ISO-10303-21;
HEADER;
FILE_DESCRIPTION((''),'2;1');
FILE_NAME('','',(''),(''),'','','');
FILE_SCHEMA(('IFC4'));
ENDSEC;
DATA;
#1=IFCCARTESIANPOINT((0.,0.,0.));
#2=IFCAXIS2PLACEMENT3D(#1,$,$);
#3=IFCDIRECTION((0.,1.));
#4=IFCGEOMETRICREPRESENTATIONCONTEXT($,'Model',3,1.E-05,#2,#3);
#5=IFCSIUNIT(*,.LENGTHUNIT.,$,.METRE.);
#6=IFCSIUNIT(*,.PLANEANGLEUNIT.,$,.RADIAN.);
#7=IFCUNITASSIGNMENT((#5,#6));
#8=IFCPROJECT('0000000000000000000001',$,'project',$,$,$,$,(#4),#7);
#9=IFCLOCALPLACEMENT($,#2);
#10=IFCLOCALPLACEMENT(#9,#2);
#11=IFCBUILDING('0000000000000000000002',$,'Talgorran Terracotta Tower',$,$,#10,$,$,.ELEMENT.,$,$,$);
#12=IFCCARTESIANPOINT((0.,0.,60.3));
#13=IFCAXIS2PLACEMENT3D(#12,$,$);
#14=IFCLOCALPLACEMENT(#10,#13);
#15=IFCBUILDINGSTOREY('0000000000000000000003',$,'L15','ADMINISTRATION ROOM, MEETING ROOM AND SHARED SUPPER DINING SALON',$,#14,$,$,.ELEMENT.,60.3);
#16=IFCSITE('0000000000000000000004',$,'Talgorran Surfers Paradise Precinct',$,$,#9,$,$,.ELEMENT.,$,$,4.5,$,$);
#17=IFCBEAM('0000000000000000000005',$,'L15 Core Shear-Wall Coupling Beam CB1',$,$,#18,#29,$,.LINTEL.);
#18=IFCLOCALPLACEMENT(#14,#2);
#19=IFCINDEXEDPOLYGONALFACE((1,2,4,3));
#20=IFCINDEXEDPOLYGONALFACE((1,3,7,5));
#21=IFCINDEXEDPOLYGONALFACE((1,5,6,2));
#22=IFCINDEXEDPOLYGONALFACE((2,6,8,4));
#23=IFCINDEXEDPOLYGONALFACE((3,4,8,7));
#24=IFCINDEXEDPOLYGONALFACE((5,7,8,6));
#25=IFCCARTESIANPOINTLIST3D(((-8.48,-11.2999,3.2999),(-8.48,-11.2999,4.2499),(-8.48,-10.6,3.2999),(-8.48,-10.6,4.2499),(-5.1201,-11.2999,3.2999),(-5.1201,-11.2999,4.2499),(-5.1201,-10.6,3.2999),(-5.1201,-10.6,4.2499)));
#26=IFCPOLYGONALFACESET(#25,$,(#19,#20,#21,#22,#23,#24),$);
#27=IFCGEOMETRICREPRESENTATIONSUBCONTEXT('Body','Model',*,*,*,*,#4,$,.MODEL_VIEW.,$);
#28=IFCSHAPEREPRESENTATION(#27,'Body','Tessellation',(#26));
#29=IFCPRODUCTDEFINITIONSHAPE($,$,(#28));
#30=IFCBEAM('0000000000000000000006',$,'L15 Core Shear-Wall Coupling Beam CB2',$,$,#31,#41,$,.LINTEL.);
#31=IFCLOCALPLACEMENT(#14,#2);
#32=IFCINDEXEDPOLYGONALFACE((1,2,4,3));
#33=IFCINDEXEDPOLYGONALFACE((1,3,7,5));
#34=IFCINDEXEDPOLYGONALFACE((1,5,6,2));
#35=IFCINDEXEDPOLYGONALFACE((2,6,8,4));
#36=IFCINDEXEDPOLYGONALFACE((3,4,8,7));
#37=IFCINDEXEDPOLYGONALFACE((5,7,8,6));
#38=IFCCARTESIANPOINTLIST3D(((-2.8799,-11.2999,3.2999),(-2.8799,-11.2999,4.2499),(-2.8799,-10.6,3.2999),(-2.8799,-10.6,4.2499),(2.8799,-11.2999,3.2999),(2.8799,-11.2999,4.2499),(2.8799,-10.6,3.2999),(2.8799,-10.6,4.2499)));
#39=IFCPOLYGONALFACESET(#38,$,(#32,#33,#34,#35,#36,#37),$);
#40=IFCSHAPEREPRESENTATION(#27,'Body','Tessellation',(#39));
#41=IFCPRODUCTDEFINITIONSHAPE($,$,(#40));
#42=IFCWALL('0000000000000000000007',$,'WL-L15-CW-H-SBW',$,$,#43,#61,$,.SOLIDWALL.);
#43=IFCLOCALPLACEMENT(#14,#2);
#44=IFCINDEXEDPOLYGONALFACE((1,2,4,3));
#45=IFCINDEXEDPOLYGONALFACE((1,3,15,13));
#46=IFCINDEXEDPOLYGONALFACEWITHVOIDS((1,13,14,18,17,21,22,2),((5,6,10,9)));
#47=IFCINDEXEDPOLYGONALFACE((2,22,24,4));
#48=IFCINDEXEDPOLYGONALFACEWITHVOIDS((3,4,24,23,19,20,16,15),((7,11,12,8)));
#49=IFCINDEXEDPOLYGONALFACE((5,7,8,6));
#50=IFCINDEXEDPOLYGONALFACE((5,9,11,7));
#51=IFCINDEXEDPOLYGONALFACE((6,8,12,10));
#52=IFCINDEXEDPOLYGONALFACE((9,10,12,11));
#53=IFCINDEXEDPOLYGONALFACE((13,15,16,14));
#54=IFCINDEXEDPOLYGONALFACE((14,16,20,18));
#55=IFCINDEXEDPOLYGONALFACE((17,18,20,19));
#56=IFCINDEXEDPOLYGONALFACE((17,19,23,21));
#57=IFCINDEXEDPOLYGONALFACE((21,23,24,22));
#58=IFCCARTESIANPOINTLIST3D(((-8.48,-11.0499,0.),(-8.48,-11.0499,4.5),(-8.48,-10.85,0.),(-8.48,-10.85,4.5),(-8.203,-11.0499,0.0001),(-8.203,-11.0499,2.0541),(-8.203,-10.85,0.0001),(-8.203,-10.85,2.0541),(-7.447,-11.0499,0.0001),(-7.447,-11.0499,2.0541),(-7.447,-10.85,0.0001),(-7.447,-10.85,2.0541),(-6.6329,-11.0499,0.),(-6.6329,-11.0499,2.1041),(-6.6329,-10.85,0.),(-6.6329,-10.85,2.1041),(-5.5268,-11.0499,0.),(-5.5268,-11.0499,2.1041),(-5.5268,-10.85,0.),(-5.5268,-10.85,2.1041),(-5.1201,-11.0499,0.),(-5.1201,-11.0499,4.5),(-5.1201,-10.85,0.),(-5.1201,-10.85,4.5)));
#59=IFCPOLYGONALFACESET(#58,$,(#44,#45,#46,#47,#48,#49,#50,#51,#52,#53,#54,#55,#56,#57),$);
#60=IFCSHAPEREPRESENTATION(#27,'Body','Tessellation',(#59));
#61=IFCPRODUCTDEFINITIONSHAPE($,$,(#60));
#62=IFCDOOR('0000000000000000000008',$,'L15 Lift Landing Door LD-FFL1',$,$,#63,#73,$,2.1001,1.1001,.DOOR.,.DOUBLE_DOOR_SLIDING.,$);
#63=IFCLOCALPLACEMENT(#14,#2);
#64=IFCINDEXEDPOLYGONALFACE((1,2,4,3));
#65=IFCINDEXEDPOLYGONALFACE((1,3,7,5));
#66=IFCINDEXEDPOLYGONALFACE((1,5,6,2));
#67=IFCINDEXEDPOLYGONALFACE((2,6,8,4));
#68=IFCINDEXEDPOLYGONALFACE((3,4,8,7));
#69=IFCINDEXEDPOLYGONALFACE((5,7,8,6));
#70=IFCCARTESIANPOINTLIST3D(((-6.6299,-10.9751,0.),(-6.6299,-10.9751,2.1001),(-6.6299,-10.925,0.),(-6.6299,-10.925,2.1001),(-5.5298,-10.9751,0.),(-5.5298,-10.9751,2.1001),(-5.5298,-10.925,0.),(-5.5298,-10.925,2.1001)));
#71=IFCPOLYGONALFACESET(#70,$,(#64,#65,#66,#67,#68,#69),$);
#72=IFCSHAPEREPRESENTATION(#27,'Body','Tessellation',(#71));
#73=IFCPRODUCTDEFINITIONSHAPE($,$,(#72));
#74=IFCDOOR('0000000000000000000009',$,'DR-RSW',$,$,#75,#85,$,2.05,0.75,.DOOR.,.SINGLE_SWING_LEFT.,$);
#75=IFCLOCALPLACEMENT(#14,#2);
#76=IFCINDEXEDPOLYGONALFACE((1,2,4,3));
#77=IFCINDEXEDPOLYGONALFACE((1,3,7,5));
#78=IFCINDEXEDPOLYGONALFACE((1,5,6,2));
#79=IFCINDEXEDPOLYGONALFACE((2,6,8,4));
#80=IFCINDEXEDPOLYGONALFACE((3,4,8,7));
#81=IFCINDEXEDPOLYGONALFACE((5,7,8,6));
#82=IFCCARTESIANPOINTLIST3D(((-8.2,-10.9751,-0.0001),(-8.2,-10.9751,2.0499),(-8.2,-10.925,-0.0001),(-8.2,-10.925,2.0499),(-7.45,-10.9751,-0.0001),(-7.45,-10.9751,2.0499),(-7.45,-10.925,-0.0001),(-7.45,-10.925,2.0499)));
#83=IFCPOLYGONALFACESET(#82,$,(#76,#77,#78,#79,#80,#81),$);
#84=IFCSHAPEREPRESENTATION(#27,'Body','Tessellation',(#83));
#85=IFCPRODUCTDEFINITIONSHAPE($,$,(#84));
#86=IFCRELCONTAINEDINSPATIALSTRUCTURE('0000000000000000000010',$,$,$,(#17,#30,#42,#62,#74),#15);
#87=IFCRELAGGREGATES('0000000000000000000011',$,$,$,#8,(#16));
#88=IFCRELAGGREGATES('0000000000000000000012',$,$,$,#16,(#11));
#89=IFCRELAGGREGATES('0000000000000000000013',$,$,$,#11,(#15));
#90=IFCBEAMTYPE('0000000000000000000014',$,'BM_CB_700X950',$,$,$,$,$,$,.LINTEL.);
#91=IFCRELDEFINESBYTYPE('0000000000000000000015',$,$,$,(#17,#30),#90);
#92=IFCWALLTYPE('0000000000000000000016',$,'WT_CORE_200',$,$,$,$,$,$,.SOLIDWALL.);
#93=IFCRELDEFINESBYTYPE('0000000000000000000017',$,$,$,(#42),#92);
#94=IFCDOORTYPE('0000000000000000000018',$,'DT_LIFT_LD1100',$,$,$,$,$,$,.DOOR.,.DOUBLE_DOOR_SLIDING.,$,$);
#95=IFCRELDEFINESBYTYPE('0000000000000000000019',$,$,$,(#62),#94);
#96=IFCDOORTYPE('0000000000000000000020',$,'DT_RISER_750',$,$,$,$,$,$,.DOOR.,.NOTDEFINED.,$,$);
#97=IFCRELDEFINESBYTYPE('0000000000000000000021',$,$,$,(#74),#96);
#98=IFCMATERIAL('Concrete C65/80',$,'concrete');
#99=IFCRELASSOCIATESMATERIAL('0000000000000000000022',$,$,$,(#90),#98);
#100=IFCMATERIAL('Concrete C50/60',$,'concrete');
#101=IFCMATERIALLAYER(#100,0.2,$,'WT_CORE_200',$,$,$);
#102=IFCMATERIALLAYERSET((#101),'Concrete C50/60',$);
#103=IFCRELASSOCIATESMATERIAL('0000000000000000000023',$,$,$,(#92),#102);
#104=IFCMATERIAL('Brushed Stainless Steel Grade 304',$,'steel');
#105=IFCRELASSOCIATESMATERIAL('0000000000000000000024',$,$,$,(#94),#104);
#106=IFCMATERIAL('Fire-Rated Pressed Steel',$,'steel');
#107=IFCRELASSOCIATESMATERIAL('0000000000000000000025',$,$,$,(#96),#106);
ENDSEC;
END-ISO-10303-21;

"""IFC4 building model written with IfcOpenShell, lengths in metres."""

from ifc_helpers import new_model, si_unit, direction, frame, frame_2d, origin, origin_2d, place, context, subcontext, project, spatial, rectangle, extrude, material, layer, layer_set, material_profile, profile_set, type_object, element, fill, save


model = new_model("IFC4")

# Units and contexts
model_context = context("Model", 3, precision=1e-05, world=origin(), true_north=direction((0.0, 1.0)))
body_context = subcontext(model_context, "Body", "Model", "MODEL_VIEW")
ifc_project = project(units=[si_unit("LENGTHUNIT", "METRE"), si_unit("PLANEANGLEUNIT", "RADIAN")], contexts=[model_context])

# Site, building, storey
site_placement = place(None, origin())
site = spatial("IfcSite", under=ifc_project, at=site_placement, Name="Talgorran Surfers Paradise Precinct", CompositionType="ELEMENT", RefElevation=4.5)
building_placement = place(site_placement, origin())
building = spatial("IfcBuilding", under=site, at=building_placement, Name="Talgorran Terracotta Tower", CompositionType="ELEMENT")
storey_placement = place(building_placement, frame((0.0, 0.0, 60.3)))
storey = spatial("IfcBuildingStorey", under=building, at=storey_placement, Name="L15", Description="ADMINISTRATION ROOM, MEETING ROOM AND SHARED SUPPER DINING SALON", CompositionType="ELEMENT", Elevation=60.3)

# Beams
ifc_material_1 = material(Name="Concrete C65/80", Category="concrete")
ifc_material_profile = material_profile(ifc_material_1, rectangle(XDim=0.7, YDim=0.95, at=origin_2d()), Name="RCCB700X950")
ifc_profile_set = profile_set([ifc_material_profile], Name="Concrete C65/80")
beam_type = type_object("IfcBeamType", Name="BM_CB_700X950", PredefinedType="LINTEL", material=ifc_profile_set)
beam_1_placement = place(storey_placement, frame((-8.48, -10.95, 3.7749), z_axis=(1.0, 0.0, 0.0), x_axis=(0.0, 1.0, 0.0)))
element("IfcBeam", 1, at=beam_1_placement, inside=storey, type_object=beam_type, Name="L15 Core Shear-Wall Coupling Beam CB1", PredefinedType="LINTEL", context=body_context, shape_type="SweptSolid", body=[
    extrude(rectangle(XDim=0.7, YDim=0.95, at=origin_2d()), origin(), (0.0, 0.0, 1.0), 3.3599),
])
beam_2_placement = place(storey_placement, frame((-2.8799, -10.95, 3.7749), z_axis=(1.0, 0.0, 0.0), x_axis=(0.0, 1.0, 0.0)))
element("IfcBeam", 2, at=beam_2_placement, inside=storey, type_object=beam_type, Name="L15 Core Shear-Wall Coupling Beam CB2", PredefinedType="LINTEL", context=body_context, shape_type="SweptSolid", body=[
    extrude(rectangle(XDim=0.7, YDim=0.95, at=origin_2d()), origin(), (0.0, 0.0, 1.0), 5.7598),
])

# Wall, openings, doors
ifc_material_2 = material(Name="Concrete C50/60", Category="concrete")
ifc_layer_1 = layer(ifc_material_2, 0.2, Name="WT_CORE_200")
ifc_layer_set_1 = layer_set([ifc_layer_1], Name="Concrete C50/60")
wall_type_1 = type_object("IfcWallType", Name="WT_CORE_200", PredefinedType="SOLIDWALL", material=ifc_layer_set_1)
wall_1_placement = place(storey_placement, frame((-8.48, -10.95, 0.0), z_axis=(0.0, 0.0, 1.0), x_axis=(1.0, 0.0, 0.0)))
wall_1 = element("IfcWall", 3, at=wall_1_placement, inside=storey, type_object=wall_type_1, Name="WL-L15-CW-H-SBW", PredefinedType="SOLIDWALL", context=body_context, shape_type="SweptSolid", body=[
    extrude(rectangle(XDim=3.3599, YDim=0.2, at=frame_2d((1.6799, 0.0))), origin(), (0.0, 0.0, 1.0), 4.5),
])
opening_1_placement = place(wall_1_placement, frame((0.28, 0.0, 0.0)))
opening_1 = element("IfcOpeningElement", 4, at=opening_1_placement, cuts=wall_1, PredefinedType="OPENING", context=body_context, shape_type="SweptSolid", body=[
    extrude(rectangle(XDim=0.756, YDim=2.054, at=frame_2d((0.375, 1.0271))), frame((0.0, 0.1099, 0.0), z_axis=(0.0, -1.0, 0.0), x_axis=(1.0, 0.0, 0.0)), (0.0, 0.0, 1.0), 0.22),
])
opening_2_placement = place(wall_1_placement, frame((1.8501, 0.0, 0.0)))
opening_2 = element("IfcOpeningElement", 5, at=opening_2_placement, cuts=wall_1, PredefinedType="OPENING", context=body_context, shape_type="SweptSolid", body=[
    extrude(rectangle(XDim=1.1061, YDim=2.1041, at=frame_2d((0.55, 1.052))), frame((0.0, 0.1099, 0.0), z_axis=(0.0, -1.0, 0.0), x_axis=(1.0, 0.0, 0.0)), (0.0, 0.0, 1.0), 0.22),
])
ifc_material_3 = material(Name="Brushed Stainless Steel Grade 304", Category="steel")
door_type_1 = type_object("IfcDoorType", Name="DT_LIFT_LD1100", OperationType="DOUBLE_DOOR_SLIDING", PredefinedType="DOOR", material=ifc_material_3)
door_1_placement = place(opening_2_placement, origin())
door_1 = element("IfcDoor", 6, at=door_1_placement, inside=storey, type_object=door_type_1, Name="L15 Lift Landing Door LD-FFL1", OperationType="DOUBLE_DOOR_SLIDING", OverallHeight=2.1001, OverallWidth=1.1001, PredefinedType="DOOR", context=body_context, shape_type="SweptSolid", body=[
    extrude(rectangle(XDim=1.1001, YDim=2.1001, at=frame_2d((0.55, 1.05))), frame((0.0, 0.0249, 0.0), z_axis=(0.0, -1.0, 0.0), x_axis=(1.0, 0.0, 0.0)), (0.0, 0.0, 1.0), 0.05),
])
fill(opening_2, door_1)
ifc_material_4 = material(Name="Fire-Rated Pressed Steel", Category="steel")
door_type_2 = type_object("IfcDoorType", Name="DT_RISER_750", OperationType="NOTDEFINED", PredefinedType="DOOR", material=ifc_material_4)
door_2_placement = place(opening_1_placement, origin())
door_2 = element("IfcDoor", 7, at=door_2_placement, inside=storey, type_object=door_type_2, Name="DR-RSW", OperationType="SINGLE_SWING_LEFT", OverallHeight=2.05, OverallWidth=0.75, PredefinedType="DOOR", context=body_context, shape_type="SweptSolid", body=[
    extrude(rectangle(XDim=0.75, YDim=2.05, at=frame_2d((0.375, 1.0249))), frame((0.0, 0.0249, 0.0), z_axis=(0.0, -1.0, 0.0), x_axis=(1.0, 0.0, 0.0)), (0.0, 0.0, 1.0), 0.05),
])
fill(opening_1, door_2)

save(model, "model.ifc")
